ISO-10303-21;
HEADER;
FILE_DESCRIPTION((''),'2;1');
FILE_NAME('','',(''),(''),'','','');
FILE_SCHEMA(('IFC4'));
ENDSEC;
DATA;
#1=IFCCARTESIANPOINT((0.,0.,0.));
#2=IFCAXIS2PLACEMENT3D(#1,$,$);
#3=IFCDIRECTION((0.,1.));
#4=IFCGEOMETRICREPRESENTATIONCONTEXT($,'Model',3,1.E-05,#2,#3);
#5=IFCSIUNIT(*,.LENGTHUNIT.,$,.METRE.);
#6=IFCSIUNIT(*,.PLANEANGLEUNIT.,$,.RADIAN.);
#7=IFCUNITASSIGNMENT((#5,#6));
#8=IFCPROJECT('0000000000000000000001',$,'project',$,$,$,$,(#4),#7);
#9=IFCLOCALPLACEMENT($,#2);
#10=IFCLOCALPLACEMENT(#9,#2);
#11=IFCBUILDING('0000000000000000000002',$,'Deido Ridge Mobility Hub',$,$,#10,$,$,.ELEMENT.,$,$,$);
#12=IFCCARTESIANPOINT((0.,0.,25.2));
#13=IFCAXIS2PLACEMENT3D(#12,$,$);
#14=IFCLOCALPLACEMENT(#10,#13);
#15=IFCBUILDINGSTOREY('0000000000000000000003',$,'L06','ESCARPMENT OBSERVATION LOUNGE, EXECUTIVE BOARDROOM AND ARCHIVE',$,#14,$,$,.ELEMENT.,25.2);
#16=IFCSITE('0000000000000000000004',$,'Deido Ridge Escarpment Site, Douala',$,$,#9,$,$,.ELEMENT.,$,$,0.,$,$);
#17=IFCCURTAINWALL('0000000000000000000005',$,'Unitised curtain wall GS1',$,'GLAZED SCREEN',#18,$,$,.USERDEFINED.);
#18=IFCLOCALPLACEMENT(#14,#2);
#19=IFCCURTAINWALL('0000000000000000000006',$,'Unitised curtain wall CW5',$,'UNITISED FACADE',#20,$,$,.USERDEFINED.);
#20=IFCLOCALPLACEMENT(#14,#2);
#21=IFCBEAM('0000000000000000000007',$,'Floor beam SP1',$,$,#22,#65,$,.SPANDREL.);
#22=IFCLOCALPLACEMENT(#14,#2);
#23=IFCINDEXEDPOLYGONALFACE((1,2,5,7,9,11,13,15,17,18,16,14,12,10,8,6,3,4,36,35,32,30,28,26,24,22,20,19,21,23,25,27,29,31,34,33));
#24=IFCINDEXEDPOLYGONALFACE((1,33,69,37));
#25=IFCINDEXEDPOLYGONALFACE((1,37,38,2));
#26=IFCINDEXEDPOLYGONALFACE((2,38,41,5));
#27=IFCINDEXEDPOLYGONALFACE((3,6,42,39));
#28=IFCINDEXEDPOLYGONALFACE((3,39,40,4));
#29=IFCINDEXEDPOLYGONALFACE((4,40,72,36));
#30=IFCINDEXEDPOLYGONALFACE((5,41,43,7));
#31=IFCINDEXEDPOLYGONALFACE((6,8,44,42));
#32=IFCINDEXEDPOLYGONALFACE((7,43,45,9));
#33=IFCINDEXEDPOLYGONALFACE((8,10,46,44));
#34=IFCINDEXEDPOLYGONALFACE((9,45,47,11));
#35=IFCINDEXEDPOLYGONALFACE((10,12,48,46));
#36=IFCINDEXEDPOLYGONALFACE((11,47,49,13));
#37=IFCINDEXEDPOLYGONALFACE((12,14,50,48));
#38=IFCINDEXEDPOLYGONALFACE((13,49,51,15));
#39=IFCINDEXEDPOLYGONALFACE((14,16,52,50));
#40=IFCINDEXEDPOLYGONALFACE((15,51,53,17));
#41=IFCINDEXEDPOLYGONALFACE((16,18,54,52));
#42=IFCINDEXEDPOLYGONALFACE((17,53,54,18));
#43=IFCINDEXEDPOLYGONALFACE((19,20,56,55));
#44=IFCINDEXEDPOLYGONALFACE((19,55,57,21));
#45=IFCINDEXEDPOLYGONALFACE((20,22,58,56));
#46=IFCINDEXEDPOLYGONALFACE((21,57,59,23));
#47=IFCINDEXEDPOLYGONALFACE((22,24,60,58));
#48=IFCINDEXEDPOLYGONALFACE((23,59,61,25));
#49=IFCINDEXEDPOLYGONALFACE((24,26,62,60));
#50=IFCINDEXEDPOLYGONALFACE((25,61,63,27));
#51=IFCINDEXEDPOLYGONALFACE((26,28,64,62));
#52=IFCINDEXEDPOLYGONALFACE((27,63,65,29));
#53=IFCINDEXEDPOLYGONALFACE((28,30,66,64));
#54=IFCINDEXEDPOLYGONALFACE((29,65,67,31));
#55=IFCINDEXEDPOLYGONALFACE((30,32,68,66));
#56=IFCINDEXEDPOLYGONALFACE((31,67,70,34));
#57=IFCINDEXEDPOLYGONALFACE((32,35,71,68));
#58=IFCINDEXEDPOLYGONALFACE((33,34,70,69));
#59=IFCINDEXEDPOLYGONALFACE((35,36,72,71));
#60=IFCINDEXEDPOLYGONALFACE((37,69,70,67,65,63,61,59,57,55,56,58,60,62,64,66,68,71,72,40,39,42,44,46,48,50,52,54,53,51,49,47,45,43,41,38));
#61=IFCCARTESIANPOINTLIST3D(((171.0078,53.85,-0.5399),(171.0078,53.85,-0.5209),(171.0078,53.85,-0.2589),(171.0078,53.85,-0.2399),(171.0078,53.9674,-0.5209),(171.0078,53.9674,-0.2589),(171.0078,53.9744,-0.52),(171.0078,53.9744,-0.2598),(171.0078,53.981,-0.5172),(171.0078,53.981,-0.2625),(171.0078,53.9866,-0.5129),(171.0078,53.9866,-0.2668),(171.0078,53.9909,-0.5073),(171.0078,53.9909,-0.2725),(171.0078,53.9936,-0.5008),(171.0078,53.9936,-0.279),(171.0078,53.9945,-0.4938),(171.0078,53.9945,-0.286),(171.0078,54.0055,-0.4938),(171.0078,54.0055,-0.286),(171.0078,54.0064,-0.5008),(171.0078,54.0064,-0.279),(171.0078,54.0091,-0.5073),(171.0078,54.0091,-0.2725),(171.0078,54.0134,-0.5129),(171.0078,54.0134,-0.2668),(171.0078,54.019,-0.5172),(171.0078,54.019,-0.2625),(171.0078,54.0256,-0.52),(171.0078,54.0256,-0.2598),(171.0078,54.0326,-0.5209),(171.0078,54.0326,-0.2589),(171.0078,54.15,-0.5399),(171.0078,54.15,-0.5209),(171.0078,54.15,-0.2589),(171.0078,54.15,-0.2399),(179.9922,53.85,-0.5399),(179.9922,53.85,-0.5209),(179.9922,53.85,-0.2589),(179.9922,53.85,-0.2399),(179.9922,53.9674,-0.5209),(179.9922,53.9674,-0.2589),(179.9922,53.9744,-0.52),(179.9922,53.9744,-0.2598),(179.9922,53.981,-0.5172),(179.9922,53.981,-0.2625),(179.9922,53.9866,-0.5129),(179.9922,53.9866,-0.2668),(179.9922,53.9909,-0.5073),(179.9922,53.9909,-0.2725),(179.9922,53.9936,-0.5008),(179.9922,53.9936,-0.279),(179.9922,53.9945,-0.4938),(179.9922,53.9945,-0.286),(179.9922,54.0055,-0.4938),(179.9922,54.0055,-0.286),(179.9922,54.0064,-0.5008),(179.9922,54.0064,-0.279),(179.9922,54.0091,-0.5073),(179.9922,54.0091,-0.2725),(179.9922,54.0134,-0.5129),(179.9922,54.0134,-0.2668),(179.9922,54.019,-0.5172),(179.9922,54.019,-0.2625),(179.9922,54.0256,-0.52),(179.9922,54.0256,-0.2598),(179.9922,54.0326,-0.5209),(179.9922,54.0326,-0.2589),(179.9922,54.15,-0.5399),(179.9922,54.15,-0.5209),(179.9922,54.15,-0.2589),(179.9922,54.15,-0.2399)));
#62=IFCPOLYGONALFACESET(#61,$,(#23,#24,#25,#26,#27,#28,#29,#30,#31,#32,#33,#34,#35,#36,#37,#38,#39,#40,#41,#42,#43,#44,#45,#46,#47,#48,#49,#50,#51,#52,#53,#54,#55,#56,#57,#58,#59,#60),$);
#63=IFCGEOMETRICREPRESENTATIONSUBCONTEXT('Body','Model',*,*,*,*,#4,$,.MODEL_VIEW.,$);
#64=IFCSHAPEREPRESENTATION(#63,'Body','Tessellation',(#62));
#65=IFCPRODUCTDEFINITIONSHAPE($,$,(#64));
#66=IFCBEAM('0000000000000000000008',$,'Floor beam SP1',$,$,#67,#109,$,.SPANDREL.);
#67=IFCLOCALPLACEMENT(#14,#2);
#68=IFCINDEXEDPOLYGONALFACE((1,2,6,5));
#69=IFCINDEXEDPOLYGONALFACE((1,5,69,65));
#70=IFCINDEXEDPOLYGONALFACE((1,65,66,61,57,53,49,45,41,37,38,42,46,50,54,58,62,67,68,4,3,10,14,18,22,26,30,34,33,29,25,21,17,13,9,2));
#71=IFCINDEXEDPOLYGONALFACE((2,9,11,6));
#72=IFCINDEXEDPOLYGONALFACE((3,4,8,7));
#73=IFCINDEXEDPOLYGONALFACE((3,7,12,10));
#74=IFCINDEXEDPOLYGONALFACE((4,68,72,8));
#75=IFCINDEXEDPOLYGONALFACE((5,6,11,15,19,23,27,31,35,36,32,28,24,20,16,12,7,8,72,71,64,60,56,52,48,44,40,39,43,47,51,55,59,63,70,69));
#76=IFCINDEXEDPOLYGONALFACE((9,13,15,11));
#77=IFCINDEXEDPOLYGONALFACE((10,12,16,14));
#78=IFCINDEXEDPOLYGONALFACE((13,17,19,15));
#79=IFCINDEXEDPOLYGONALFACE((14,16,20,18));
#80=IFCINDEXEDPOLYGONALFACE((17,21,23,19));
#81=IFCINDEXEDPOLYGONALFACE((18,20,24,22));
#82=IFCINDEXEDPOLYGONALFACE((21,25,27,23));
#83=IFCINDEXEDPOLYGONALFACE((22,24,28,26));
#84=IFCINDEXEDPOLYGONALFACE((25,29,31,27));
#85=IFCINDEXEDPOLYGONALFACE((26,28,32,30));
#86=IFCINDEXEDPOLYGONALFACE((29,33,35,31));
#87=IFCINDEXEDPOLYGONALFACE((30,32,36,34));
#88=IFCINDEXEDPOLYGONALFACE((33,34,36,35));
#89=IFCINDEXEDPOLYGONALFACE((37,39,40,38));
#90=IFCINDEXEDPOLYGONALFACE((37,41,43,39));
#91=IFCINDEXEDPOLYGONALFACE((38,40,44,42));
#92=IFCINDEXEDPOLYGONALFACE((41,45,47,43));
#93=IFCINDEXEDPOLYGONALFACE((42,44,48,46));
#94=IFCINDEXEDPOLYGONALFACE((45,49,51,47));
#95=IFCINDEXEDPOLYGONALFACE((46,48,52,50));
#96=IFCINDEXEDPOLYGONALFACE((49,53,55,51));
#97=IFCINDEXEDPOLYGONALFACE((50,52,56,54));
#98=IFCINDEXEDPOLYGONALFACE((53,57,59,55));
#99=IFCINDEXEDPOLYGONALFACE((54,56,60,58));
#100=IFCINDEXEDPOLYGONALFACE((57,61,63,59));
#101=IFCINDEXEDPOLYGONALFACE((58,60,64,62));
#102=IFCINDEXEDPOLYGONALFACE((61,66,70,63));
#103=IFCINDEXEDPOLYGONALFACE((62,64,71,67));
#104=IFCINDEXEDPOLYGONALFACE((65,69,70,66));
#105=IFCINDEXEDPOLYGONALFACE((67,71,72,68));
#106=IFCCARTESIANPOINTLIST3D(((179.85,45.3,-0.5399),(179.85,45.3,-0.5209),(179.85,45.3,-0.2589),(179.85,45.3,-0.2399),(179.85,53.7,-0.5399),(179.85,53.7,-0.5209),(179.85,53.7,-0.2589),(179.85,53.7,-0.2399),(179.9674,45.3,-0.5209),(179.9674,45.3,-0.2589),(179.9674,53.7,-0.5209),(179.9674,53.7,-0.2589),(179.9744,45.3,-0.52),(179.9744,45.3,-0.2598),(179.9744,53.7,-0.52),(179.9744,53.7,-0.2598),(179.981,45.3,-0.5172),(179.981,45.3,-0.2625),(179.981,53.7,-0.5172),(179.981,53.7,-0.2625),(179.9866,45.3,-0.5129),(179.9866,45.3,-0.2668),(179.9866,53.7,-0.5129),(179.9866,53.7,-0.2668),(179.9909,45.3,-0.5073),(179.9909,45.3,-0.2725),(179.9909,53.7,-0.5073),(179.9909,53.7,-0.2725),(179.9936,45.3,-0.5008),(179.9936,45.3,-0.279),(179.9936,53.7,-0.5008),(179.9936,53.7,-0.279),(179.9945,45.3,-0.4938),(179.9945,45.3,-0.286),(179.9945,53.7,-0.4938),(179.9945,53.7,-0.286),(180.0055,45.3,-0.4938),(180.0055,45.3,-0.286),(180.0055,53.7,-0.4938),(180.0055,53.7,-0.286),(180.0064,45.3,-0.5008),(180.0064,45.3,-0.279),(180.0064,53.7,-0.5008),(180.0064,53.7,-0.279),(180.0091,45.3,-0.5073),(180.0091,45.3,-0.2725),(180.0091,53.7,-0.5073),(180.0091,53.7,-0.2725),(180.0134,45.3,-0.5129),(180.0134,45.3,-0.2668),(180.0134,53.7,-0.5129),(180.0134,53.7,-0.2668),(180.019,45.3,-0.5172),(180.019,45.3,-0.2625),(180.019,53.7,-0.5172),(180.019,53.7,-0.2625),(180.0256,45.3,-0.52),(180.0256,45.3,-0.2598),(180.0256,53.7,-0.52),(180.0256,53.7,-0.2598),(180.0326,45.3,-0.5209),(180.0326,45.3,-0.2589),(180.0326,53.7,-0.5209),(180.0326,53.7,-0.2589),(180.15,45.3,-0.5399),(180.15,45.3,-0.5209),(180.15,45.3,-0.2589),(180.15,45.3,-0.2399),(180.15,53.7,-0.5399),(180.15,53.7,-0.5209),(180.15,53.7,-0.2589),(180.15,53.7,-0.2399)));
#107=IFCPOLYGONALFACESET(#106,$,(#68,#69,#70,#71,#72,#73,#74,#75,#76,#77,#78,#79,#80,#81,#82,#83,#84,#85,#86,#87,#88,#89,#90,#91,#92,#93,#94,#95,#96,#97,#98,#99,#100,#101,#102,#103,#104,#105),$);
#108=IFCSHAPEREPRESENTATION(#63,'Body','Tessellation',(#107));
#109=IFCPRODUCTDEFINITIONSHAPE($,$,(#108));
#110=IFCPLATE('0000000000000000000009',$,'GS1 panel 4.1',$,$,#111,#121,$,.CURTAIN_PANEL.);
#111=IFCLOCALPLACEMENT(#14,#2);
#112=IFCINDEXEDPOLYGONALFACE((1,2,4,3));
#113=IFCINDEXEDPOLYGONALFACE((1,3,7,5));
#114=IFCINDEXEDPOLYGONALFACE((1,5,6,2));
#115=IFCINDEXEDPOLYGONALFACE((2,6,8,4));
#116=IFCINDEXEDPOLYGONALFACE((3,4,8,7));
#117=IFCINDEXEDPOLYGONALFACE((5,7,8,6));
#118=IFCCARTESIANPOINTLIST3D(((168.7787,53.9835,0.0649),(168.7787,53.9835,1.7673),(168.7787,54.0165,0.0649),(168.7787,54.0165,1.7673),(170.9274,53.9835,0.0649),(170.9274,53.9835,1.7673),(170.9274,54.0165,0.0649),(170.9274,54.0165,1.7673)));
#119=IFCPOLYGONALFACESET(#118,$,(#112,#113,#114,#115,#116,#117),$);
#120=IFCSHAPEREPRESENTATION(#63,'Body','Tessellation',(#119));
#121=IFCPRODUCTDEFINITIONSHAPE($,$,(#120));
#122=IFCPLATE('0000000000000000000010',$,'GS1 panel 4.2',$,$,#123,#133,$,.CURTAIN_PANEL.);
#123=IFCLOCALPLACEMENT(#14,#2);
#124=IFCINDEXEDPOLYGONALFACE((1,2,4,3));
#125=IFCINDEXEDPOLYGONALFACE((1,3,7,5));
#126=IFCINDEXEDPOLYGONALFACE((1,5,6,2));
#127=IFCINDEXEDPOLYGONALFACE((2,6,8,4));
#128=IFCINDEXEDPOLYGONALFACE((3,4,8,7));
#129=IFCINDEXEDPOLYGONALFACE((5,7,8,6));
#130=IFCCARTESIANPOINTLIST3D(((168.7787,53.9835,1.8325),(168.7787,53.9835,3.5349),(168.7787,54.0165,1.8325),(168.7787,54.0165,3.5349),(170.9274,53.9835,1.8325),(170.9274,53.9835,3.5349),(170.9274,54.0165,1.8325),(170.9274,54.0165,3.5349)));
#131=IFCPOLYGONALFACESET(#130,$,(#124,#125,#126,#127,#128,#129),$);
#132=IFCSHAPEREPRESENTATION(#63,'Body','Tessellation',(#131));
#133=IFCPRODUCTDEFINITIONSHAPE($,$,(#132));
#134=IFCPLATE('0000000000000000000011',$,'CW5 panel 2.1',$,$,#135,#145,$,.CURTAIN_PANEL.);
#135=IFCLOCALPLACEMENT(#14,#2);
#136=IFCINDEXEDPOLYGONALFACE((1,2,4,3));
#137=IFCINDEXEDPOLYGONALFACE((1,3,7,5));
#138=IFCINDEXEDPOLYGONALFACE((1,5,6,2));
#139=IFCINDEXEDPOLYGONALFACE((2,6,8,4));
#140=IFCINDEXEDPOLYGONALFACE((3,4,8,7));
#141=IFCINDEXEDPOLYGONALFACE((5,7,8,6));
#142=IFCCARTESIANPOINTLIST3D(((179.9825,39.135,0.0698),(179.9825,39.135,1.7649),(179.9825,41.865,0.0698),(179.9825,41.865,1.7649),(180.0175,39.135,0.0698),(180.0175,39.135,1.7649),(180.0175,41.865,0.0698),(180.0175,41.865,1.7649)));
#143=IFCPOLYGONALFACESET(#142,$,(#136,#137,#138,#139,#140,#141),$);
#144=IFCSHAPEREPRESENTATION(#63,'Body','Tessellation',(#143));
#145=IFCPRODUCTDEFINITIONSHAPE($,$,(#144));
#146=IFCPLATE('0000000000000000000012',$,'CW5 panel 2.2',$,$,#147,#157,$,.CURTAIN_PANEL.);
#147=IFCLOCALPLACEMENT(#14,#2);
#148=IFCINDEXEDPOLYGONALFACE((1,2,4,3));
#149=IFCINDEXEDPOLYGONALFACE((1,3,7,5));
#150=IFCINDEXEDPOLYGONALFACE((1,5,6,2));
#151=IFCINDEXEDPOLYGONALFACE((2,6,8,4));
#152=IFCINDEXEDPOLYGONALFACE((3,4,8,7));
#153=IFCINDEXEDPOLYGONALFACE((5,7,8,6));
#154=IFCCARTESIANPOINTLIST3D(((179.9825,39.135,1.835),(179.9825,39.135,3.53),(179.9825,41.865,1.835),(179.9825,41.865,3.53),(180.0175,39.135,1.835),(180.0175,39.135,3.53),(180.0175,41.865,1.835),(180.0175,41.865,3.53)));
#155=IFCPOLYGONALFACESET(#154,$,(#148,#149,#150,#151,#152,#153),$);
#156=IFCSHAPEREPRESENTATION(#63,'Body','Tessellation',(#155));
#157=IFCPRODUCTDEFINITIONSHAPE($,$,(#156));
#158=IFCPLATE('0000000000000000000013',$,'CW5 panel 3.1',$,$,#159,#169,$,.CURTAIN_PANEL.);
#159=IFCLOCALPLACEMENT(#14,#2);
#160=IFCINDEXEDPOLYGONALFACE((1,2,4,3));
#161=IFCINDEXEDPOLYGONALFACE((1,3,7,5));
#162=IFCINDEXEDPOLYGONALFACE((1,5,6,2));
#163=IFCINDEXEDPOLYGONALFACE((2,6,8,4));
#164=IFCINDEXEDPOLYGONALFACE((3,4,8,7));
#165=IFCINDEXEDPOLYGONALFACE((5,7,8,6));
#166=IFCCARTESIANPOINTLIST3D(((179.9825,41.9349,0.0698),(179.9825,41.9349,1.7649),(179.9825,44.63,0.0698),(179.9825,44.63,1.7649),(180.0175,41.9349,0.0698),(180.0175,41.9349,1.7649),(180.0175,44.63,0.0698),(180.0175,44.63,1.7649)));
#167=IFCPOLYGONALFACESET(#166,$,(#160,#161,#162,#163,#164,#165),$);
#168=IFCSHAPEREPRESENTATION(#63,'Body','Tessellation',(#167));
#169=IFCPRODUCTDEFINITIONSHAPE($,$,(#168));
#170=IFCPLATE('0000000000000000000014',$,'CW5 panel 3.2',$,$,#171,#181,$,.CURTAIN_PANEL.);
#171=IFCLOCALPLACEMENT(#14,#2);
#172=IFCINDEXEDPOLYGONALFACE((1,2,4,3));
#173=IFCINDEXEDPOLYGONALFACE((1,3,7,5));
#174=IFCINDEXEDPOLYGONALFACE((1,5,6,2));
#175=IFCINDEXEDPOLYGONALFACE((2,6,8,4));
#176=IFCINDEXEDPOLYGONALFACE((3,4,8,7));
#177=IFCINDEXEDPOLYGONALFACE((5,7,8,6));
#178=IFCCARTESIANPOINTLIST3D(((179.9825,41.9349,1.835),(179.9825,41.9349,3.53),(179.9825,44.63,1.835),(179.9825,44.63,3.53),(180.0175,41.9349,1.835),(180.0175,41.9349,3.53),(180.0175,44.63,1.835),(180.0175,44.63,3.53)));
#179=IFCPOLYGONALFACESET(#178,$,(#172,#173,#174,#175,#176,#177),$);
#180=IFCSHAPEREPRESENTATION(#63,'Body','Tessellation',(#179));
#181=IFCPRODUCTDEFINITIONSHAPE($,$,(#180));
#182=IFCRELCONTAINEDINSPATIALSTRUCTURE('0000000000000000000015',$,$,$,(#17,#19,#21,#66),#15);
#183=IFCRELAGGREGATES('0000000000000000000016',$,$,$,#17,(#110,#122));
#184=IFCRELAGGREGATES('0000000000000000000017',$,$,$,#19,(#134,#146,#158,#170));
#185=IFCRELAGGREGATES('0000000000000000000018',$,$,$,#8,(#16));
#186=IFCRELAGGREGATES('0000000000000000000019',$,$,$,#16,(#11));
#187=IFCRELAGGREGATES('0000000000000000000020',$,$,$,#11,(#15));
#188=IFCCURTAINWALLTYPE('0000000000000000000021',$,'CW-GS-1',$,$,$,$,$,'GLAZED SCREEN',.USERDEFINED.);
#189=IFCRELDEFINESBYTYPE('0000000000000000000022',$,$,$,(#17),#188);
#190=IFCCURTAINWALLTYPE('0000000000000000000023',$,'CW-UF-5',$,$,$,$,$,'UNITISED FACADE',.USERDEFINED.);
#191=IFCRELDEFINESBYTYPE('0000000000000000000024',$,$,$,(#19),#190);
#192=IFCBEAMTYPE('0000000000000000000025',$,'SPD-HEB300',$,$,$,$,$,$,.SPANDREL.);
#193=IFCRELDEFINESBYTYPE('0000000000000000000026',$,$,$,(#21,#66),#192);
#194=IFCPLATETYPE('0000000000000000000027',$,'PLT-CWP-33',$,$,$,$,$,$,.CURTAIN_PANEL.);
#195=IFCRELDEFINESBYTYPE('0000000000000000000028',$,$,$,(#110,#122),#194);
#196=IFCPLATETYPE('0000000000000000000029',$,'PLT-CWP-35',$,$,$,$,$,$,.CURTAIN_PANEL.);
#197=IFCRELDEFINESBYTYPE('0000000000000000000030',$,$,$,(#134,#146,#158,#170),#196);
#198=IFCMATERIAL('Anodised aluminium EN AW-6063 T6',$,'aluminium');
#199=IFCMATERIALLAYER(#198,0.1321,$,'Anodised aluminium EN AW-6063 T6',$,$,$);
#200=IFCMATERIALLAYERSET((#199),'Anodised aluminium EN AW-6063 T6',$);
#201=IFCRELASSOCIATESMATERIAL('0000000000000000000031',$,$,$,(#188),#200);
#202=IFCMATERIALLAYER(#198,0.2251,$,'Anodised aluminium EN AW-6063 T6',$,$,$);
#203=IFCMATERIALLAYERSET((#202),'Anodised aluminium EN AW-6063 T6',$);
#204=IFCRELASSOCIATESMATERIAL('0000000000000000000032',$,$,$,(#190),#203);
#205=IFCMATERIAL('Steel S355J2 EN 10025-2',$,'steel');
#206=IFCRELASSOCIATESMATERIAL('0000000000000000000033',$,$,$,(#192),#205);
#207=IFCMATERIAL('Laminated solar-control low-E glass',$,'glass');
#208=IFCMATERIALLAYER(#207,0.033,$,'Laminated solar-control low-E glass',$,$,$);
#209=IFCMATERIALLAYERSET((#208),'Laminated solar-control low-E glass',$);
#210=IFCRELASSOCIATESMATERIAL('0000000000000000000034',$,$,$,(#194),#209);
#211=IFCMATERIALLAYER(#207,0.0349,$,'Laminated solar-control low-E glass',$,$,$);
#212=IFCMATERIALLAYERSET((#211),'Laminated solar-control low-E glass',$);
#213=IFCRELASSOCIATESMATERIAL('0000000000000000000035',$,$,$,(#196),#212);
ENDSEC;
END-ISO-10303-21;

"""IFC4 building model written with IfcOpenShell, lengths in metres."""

from ifc_helpers import new_model, si_unit, direction, frame, origin, origin_2d, place, context, subcontext, project, spatial, rectangle, i_section, extrude, material, layer, layer_set, material_profile, profile_set, type_object, element, aggregate, save


model = new_model("IFC4")

# Units and contexts
model_context = context("Model", 3, precision=1e-05, world=origin(), true_north=direction((0.0, 1.0)))
body_context = subcontext(model_context, "Body", "Model", "MODEL_VIEW")
ifc_project = project(units=[si_unit("LENGTHUNIT", "METRE"), si_unit("PLANEANGLEUNIT", "RADIAN")], contexts=[model_context])

# Site, building, storey
site_placement = place(None, origin())
site = spatial("IfcSite", under=ifc_project, at=site_placement, Name="Deido Ridge Escarpment Site, Douala", CompositionType="ELEMENT", RefElevation=0.0)
building_placement = place(site_placement, origin())
building = spatial("IfcBuilding", under=site, at=building_placement, Name="Deido Ridge Mobility Hub", CompositionType="ELEMENT")
storey_placement = place(building_placement, frame((0.0, 0.0, 25.2)))
storey = spatial("IfcBuildingStorey", under=building, at=storey_placement, Name="L06", Description="ESCARPMENT OBSERVATION LOUNGE, EXECUTIVE BOARDROOM AND ARCHIVE", CompositionType="ELEMENT", Elevation=25.2)

# Shared definitions
ifc_material_1 = material(Name="Steel S355J2 EN 10025-2", Category="steel")

# Curtain wall
ifc_material_2 = material(Name="Anodised aluminium EN AW-6063 T6", Category="aluminium")
ifc_layer_1 = layer(ifc_material_2, 0.1321, Name="Anodised aluminium EN AW-6063 T6")
ifc_layer_set_1 = layer_set([ifc_layer_1], Name="Anodised aluminium EN AW-6063 T6")
curtain_wall_type_1 = type_object("IfcCurtainWallType", Name="CW-GS-1", ElementType="GLAZED SCREEN", PredefinedType="USERDEFINED", material=ifc_layer_set_1)
curtain_wall_1_placement = place(storey_placement, origin())
curtain_wall_1 = element("IfcCurtainWall", 1, at=curtain_wall_1_placement, inside=storey, type_object=curtain_wall_type_1, Name="Unitised curtain wall GS1", ObjectType="GLAZED SCREEN", PredefinedType="USERDEFINED")

# Curtain wall
ifc_layer_2 = layer(ifc_material_2, 0.2251, Name="Anodised aluminium EN AW-6063 T6")
ifc_layer_set_2 = layer_set([ifc_layer_2], Name="Anodised aluminium EN AW-6063 T6")
curtain_wall_type_2 = type_object("IfcCurtainWallType", Name="CW-UF-5", ElementType="UNITISED FACADE", PredefinedType="USERDEFINED", material=ifc_layer_set_2)
curtain_wall_2_placement = place(storey_placement, origin())
curtain_wall_2 = element("IfcCurtainWall", 2, at=curtain_wall_2_placement, inside=storey, type_object=curtain_wall_type_2, Name="Unitised curtain wall CW5", ObjectType="UNITISED FACADE", PredefinedType="USERDEFINED")

# Beams
ifc_material_profile_1 = material_profile(ifc_material_1, i_section(OverallWidth=0.3, OverallDepth=0.3, WebThickness=0.011, FlangeThickness=0.019, FilletRadius=0.0271, at=origin_2d()), Name="HEB 300")
ifc_profile_set_1 = profile_set([ifc_material_profile_1], Name="Steel S355J2 EN 10025-2")
beam_type = type_object("IfcBeamType", Name="SPD-HEB300", PredefinedType="SPANDREL", material=ifc_profile_set_1)
beam_1_placement = place(storey_placement, frame((171.0078, 54.0, -0.3899), z_axis=(1.0, 0.0, 0.0), x_axis=(0.0, 1.0, 0.0)))
element("IfcBeam", 3, at=beam_1_placement, inside=storey, type_object=beam_type, Name="Floor beam SP1", PredefinedType="SPANDREL", context=body_context, shape_type="SweptSolid", body=[
    extrude(i_section(OverallWidth=0.3, OverallDepth=0.3, WebThickness=0.011, FlangeThickness=0.019, FilletRadius=0.0271, at=origin_2d()), origin(), (0.0, 0.0, 1.0), 8.9844),
])
beam_2_placement = place(storey_placement, frame((180.0, 45.3, -0.3899), z_axis=(0.0, 1.0, 0.0), x_axis=(-1.0, 0.0, 0.0)))
element("IfcBeam", 4, at=beam_2_placement, inside=storey, type_object=beam_type, Name="Floor beam SP1", PredefinedType="SPANDREL", context=body_context, shape_type="SweptSolid", body=[
    extrude(i_section(OverallWidth=0.3, OverallDepth=0.3, WebThickness=0.011, FlangeThickness=0.019, FilletRadius=0.0271, at=origin_2d()), origin(), (0.0, 0.0, 1.0), 8.3999),
])

# Plates
ifc_material_3 = material(Name="Laminated solar-control low-E glass", Category="glass")
ifc_layer_3 = layer(ifc_material_3, 0.033, Name="Laminated solar-control low-E glass")
ifc_layer_set_3 = layer_set([ifc_layer_3], Name="Laminated solar-control low-E glass")
plate_type_1 = type_object("IfcPlateType", Name="PLT-CWP-33", PredefinedType="CURTAIN_PANEL", material=ifc_layer_set_3)
plate_1_placement = place(storey_placement, frame((169.853, 54.0, 0.0649), z_axis=(0.0, 0.0, 1.0), x_axis=(1.0, 0.0, 0.0)))
plate_1 = element("IfcPlate", 5, at=plate_1_placement, type_object=plate_type_1, Name="GS1 panel 4.1", PredefinedType="CURTAIN_PANEL", context=body_context, shape_type="SweptSolid", body=[
    extrude(rectangle(XDim=2.1487, YDim=0.033, at=origin_2d()), origin(), (0.0, 0.0, 1.0), 1.7024),
])
plate_2_placement = place(storey_placement, frame((169.853, 54.0, 1.8325), z_axis=(0.0, 0.0, 1.0), x_axis=(1.0, 0.0, 0.0)))
plate_2 = element("IfcPlate", 6, at=plate_2_placement, type_object=plate_type_1, Name="GS1 panel 4.2", PredefinedType="CURTAIN_PANEL", context=body_context, shape_type="SweptSolid", body=[
    extrude(rectangle(XDim=2.1487, YDim=0.033, at=origin_2d()), origin(), (0.0, 0.0, 1.0), 1.7024),
])
aggregate(curtain_wall_1, [plate_1, plate_2])
ifc_layer_4 = layer(ifc_material_3, 0.0349, Name="Laminated solar-control low-E glass")
ifc_layer_set_4 = layer_set([ifc_layer_4], Name="Laminated solar-control low-E glass")
plate_type_2 = type_object("IfcPlateType", Name="PLT-CWP-35", PredefinedType="CURTAIN_PANEL", material=ifc_layer_set_4)
plate_3_placement = place(storey_placement, frame((180.0, 40.5, 0.0698), z_axis=(0.0, 0.0, 1.0), x_axis=(0.0, 1.0, 0.0)))
plate_3 = element("IfcPlate", 7, at=plate_3_placement, type_object=plate_type_2, Name="CW5 panel 2.1", PredefinedType="CURTAIN_PANEL", context=body_context, shape_type="SweptSolid", body=[
    extrude(rectangle(XDim=2.73, YDim=0.0349, at=origin_2d()), origin(), (0.0, 0.0, 1.0), 1.6951),
])
plate_4_placement = place(storey_placement, frame((180.0, 40.5, 1.835), z_axis=(0.0, 0.0, 1.0), x_axis=(0.0, 1.0, 0.0)))
plate_4 = element("IfcPlate", 8, at=plate_4_placement, type_object=plate_type_2, Name="CW5 panel 2.2", PredefinedType="CURTAIN_PANEL", context=body_context, shape_type="SweptSolid", body=[
    extrude(rectangle(XDim=2.73, YDim=0.0349, at=origin_2d()), origin(), (0.0, 0.0, 1.0), 1.6951),
])
plate_5_placement = place(storey_placement, frame((180.0, 43.2825, 0.0698), z_axis=(0.0, 0.0, 1.0), x_axis=(0.0, 1.0, 0.0)))
plate_5 = element("IfcPlate", 9, at=plate_5_placement, type_object=plate_type_2, Name="CW5 panel 3.1", PredefinedType="CURTAIN_PANEL", context=body_context, shape_type="SweptSolid", body=[
    extrude(rectangle(XDim=2.6951, YDim=0.0349, at=origin_2d()), origin(), (0.0, 0.0, 1.0), 1.6951),
])
plate_6_placement = place(storey_placement, frame((180.0, 43.2825, 1.835), z_axis=(0.0, 0.0, 1.0), x_axis=(0.0, 1.0, 0.0)))
plate_6 = element("IfcPlate", 10, at=plate_6_placement, type_object=plate_type_2, Name="CW5 panel 3.2", PredefinedType="CURTAIN_PANEL", context=body_context, shape_type="SweptSolid", body=[
    extrude(rectangle(XDim=2.6951, YDim=0.0349, at=origin_2d()), origin(), (0.0, 0.0, 1.0), 1.6951),
])
aggregate(curtain_wall_2, [plate_3, plate_4, plate_5, plate_6])

save(model, "model.ifc")
